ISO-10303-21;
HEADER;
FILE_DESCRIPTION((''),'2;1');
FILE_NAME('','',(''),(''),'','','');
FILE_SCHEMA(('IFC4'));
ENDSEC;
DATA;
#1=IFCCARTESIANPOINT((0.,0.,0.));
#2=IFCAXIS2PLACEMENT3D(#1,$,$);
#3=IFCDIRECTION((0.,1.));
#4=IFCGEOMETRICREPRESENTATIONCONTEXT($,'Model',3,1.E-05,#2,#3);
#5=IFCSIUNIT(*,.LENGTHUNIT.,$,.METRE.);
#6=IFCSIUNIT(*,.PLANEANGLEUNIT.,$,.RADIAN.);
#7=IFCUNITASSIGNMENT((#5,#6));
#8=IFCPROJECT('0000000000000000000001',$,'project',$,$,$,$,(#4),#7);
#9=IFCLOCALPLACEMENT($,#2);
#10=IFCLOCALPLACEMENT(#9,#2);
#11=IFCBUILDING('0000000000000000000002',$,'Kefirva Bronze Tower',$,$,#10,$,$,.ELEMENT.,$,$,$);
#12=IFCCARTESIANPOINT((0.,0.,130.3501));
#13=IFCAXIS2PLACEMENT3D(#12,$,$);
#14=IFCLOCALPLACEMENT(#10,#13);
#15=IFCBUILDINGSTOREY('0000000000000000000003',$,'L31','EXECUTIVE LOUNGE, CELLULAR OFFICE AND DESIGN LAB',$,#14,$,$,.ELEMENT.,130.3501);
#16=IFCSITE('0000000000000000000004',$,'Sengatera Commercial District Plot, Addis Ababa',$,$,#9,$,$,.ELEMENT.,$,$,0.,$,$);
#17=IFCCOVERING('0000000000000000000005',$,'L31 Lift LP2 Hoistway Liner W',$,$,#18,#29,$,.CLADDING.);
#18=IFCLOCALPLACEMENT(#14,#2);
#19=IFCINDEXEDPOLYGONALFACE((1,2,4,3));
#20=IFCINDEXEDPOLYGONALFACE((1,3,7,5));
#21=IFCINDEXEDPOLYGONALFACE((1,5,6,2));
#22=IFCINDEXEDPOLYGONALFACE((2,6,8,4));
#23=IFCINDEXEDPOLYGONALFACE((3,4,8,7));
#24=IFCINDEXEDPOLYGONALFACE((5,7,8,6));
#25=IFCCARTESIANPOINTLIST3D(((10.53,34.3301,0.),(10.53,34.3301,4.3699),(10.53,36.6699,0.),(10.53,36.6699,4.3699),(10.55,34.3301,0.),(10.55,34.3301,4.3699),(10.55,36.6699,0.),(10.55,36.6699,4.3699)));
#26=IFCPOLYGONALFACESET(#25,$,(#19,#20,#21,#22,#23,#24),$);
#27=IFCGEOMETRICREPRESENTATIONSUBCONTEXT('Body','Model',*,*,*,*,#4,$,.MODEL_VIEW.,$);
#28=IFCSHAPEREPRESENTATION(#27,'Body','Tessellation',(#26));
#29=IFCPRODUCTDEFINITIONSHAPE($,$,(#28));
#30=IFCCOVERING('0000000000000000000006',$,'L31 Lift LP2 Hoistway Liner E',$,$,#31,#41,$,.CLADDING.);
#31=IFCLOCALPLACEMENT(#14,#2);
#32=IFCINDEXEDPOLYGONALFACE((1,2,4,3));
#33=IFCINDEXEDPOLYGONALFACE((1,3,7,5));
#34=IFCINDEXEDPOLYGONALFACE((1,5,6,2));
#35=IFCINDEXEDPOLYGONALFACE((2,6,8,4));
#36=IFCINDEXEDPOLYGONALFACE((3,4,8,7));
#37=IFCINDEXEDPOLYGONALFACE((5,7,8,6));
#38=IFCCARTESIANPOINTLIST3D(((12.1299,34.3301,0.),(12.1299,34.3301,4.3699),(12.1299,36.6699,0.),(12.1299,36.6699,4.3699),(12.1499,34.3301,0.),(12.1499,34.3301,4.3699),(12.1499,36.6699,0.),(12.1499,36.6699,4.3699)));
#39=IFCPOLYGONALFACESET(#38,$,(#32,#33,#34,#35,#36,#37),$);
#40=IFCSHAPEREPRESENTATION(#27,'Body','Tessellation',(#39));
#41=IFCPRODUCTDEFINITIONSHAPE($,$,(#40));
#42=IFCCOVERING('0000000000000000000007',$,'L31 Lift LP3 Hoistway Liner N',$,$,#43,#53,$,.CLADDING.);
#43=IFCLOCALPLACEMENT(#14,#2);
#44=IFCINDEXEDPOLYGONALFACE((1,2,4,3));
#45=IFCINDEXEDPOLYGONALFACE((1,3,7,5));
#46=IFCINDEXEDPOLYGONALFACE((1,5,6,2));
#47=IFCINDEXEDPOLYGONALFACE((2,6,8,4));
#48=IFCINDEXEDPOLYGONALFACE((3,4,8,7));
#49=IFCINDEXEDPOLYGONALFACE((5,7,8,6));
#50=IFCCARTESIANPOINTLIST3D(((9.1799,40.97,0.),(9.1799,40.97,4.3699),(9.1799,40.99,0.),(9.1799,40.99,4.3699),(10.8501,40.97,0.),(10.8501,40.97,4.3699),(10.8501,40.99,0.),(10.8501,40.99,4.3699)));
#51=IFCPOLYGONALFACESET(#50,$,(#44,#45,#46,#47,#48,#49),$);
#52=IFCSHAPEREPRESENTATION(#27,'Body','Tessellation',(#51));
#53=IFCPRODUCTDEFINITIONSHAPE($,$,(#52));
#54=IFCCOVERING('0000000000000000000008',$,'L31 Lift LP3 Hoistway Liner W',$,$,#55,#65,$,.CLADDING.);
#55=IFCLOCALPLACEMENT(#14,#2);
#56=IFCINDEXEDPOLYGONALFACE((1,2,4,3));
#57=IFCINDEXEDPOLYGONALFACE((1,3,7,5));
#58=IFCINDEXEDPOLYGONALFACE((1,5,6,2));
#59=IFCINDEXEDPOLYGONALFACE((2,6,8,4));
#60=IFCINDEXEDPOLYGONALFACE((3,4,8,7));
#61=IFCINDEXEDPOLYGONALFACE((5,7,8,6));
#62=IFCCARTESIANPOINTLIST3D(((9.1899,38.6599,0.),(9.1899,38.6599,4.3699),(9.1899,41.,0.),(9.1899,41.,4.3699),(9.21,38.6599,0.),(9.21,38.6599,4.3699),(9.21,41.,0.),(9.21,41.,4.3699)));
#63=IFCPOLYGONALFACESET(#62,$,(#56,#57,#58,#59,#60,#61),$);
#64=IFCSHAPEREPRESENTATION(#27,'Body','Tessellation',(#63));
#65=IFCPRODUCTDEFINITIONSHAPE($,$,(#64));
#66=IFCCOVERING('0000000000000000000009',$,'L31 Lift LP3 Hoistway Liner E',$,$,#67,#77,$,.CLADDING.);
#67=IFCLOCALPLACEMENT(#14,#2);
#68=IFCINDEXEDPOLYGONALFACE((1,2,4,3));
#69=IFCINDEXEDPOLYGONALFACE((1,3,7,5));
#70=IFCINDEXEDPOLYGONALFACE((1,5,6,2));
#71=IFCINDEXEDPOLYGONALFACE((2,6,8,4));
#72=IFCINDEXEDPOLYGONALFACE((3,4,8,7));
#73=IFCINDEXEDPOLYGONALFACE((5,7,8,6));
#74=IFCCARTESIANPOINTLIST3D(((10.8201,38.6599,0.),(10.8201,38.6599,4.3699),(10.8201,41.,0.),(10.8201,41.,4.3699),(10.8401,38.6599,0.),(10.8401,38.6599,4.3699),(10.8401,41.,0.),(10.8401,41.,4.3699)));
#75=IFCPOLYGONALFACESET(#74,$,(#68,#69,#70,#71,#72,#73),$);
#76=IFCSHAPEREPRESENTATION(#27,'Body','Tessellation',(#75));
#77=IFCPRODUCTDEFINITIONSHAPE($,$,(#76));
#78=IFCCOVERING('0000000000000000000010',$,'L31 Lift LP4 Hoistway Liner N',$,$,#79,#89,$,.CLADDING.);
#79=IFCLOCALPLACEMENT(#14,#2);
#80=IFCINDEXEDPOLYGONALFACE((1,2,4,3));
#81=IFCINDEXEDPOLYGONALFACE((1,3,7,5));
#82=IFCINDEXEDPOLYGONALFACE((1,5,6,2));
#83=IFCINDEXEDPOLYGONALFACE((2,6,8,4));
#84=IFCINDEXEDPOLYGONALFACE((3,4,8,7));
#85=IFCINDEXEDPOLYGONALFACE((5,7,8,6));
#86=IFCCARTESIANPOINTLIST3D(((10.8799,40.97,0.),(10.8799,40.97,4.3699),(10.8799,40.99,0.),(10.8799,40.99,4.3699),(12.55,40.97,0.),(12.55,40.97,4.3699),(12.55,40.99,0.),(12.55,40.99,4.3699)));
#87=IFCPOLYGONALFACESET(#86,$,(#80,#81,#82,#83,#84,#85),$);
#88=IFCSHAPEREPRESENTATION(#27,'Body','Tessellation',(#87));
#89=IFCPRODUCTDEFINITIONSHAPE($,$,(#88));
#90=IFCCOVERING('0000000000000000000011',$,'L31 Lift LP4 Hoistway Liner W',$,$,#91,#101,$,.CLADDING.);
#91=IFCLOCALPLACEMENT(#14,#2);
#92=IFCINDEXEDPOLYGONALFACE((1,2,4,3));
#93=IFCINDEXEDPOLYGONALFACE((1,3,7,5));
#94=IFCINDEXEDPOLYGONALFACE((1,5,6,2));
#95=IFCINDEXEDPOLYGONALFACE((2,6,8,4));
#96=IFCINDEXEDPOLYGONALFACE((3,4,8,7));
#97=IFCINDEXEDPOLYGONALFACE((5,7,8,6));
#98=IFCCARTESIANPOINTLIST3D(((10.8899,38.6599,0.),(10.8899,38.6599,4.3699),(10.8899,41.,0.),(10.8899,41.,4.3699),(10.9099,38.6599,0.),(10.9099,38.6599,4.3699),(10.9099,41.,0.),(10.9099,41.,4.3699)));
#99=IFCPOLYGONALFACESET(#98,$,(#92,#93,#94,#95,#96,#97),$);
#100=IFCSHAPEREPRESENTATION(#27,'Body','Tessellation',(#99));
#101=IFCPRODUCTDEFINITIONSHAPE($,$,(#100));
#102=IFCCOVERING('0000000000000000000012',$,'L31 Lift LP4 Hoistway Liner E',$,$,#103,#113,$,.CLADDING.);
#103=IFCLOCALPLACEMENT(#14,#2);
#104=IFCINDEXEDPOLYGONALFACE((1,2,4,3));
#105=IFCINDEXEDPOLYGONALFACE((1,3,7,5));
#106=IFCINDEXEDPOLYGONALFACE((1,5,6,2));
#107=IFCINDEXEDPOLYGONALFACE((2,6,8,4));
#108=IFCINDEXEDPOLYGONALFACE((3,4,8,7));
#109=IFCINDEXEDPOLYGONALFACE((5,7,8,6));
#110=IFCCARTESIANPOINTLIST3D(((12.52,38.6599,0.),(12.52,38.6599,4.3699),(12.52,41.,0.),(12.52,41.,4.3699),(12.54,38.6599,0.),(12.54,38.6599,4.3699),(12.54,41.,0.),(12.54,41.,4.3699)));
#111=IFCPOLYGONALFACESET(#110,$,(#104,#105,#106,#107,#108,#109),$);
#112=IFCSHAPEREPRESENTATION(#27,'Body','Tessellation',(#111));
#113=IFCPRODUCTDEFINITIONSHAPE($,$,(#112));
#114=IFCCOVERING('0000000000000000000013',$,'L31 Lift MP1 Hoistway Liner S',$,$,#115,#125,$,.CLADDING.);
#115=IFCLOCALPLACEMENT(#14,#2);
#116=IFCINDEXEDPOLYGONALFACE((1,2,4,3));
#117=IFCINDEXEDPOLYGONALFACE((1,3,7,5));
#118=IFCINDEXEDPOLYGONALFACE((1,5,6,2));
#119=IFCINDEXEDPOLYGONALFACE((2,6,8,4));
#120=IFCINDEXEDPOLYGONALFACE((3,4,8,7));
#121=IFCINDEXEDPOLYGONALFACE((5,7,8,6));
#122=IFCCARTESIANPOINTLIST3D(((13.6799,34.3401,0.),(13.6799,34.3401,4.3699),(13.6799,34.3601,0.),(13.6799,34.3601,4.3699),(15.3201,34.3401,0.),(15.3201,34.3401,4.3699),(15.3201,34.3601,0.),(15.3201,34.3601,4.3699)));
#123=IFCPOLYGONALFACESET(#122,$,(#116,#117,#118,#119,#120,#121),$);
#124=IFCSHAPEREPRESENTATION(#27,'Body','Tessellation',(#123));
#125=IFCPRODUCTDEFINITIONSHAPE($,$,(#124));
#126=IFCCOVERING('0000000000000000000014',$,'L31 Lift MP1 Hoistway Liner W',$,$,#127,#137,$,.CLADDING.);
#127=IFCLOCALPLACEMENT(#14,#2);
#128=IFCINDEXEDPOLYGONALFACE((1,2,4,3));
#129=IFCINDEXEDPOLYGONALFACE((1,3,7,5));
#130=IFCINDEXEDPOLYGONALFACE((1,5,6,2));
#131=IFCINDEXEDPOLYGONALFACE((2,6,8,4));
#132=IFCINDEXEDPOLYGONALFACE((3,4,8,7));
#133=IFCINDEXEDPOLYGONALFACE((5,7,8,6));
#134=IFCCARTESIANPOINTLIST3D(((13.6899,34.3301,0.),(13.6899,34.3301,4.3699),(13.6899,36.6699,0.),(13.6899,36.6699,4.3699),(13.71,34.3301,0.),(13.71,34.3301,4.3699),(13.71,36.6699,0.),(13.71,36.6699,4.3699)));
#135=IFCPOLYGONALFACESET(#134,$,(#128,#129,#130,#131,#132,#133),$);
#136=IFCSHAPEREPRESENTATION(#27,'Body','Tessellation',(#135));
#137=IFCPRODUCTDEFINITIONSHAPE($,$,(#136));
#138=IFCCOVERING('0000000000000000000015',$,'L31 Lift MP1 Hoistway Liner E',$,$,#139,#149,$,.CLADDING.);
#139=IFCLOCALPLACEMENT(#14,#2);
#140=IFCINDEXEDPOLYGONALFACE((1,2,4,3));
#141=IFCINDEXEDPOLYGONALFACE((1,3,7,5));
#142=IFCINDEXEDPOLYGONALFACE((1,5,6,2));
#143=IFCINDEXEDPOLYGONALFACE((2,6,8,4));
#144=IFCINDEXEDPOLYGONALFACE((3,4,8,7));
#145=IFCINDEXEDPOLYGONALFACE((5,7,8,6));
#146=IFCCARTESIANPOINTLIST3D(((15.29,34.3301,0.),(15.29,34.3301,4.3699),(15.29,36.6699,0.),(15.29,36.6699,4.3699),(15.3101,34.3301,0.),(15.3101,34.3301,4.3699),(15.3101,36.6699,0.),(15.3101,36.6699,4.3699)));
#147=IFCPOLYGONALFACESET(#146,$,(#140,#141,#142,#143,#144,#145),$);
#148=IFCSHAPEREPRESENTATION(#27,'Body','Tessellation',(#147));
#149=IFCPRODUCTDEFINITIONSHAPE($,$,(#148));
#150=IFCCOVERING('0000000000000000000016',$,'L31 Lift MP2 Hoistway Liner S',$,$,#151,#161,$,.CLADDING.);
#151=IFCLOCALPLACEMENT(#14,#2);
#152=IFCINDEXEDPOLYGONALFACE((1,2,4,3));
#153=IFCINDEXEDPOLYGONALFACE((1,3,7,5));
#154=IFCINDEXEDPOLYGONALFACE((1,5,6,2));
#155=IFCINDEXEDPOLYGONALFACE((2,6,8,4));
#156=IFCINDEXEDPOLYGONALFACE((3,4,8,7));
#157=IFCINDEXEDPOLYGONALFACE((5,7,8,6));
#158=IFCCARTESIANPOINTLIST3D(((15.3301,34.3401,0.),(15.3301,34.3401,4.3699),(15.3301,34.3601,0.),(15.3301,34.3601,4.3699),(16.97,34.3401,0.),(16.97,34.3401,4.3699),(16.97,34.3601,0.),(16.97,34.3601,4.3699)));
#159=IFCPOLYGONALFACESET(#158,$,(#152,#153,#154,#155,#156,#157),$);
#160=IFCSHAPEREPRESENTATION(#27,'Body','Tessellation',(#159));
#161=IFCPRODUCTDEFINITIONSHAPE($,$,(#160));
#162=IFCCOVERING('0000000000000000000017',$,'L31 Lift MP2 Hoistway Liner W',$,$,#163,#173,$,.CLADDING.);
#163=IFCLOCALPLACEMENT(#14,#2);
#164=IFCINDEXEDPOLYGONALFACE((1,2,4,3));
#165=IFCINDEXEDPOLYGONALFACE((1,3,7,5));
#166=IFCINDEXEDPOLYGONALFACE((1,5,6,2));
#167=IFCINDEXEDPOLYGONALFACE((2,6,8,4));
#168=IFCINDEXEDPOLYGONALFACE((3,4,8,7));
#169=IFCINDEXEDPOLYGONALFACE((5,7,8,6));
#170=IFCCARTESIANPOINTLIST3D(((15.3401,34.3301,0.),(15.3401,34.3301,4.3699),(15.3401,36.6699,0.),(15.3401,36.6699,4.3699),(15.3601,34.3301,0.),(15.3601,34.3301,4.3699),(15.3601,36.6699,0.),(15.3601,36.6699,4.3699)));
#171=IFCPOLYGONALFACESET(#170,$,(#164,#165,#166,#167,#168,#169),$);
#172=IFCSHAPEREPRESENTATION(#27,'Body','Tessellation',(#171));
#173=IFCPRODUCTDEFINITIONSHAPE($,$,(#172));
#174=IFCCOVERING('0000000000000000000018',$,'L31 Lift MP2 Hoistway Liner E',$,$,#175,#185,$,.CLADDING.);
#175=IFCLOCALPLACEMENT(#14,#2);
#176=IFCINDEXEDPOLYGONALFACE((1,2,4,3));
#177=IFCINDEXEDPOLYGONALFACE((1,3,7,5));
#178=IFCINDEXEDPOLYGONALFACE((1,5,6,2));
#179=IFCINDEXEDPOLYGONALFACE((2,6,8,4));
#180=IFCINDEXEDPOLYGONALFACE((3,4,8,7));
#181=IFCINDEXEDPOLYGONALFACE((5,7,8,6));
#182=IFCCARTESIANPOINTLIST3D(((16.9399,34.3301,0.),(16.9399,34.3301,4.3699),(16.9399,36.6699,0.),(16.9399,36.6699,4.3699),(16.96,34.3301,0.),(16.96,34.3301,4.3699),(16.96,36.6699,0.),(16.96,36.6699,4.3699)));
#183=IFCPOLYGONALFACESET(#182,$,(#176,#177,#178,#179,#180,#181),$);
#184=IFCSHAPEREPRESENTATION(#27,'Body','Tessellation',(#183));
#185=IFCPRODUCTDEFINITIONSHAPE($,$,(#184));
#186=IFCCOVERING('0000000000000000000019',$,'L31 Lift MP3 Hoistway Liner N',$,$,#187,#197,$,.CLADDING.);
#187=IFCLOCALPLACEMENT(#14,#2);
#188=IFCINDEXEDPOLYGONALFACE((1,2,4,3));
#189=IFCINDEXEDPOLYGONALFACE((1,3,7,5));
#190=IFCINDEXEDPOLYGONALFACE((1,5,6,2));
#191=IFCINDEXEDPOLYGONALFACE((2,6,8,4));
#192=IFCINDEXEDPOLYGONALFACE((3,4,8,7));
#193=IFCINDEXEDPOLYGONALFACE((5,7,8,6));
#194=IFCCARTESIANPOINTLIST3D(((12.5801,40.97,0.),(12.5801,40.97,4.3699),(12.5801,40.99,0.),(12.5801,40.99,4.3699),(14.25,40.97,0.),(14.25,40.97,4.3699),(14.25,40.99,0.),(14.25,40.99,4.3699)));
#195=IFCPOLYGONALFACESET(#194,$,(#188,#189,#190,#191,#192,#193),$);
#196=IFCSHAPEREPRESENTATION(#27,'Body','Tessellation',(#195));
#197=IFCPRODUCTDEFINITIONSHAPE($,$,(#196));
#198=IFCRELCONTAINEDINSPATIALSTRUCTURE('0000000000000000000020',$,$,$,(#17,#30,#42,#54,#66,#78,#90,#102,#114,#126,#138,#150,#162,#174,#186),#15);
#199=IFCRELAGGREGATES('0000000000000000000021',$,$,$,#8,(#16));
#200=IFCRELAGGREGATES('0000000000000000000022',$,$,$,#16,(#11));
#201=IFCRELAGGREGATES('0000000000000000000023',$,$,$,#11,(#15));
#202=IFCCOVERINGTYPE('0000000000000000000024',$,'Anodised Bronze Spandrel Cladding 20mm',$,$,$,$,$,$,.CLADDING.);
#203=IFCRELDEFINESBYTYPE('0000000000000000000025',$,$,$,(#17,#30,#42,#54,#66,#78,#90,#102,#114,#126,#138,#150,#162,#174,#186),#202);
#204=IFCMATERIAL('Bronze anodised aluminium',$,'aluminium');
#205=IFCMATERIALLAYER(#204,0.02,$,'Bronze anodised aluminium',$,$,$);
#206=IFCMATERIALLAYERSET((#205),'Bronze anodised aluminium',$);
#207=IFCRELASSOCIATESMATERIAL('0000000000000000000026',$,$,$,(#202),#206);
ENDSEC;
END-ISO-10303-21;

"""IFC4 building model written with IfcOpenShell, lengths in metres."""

from ifc_helpers import new_model, si_unit, direction, frame, origin, place, context, subcontext, project, spatial, polyline, outline, extrude, material, layer, layer_set, type_object, element, save


model = new_model("IFC4")

# Units and contexts
model_context = context("Model", 3, precision=1e-05, world=origin(), true_north=direction((0.0, 1.0)))
body_context = subcontext(model_context, "Body", "Model", "MODEL_VIEW")
ifc_project = project(units=[si_unit("LENGTHUNIT", "METRE"), si_unit("PLANEANGLEUNIT", "RADIAN")], contexts=[model_context])

# Site, building, storey
site_placement = place(None, origin())
site = spatial("IfcSite", under=ifc_project, at=site_placement, Name="Sengatera Commercial District Plot, Addis Ababa", CompositionType="ELEMENT", RefElevation=0.0)
building_placement = place(site_placement, origin())
building = spatial("IfcBuilding", under=site, at=building_placement, Name="Kefirva Bronze Tower", CompositionType="ELEMENT")
storey_placement = place(building_placement, frame((0.0, 0.0, 130.3501)))
storey = spatial("IfcBuildingStorey", under=building, at=storey_placement, Name="L31", Description="EXECUTIVE LOUNGE, CELLULAR OFFICE AND DESIGN LAB", CompositionType="ELEMENT", Elevation=130.3501)

# Coverings
ifc_material = material(Name="Bronze anodised aluminium", Category="aluminium")
ifc_layer_1 = layer(ifc_material, 0.02, Name="Bronze anodised aluminium")
ifc_layer_set_1 = layer_set([ifc_layer_1], Name="Bronze anodised aluminium")
covering_type_1 = type_object("IfcCoveringType", Name="Anodised Bronze Spandrel Cladding 20mm", PredefinedType="CLADDING", material=ifc_layer_set_1)
covering_1_placement = place(storey_placement, origin())
element("IfcCovering", 1, at=covering_1_placement, inside=storey, type_object=covering_type_1, Name="L31 Lift LP2 Hoistway Liner W", PredefinedType="CLADDING", context=body_context, shape_type="SweptSolid", body=[
    extrude(outline(polyline([(10.53, 34.3301), (10.55, 34.3301), (10.55, 36.6699), (10.53, 36.6699), (10.53, 34.3301)])), origin(), (0.0, 0.0, 1.0), 4.3699),
])
covering_2_placement = place(storey_placement, origin())
element("IfcCovering", 2, at=covering_2_placement, inside=storey, type_object=covering_type_1, Name="L31 Lift LP2 Hoistway Liner E", PredefinedType="CLADDING", context=body_context, shape_type="SweptSolid", body=[
    extrude(outline(polyline([(12.1299, 34.3301), (12.1499, 34.3301), (12.1499, 36.6699), (12.1299, 36.6699), (12.1299, 34.3301)])), origin(), (0.0, 0.0, 1.0), 4.3699),
])
covering_3_placement = place(storey_placement, origin())
element("IfcCovering", 3, at=covering_3_placement, inside=storey, type_object=covering_type_1, Name="L31 Lift LP3 Hoistway Liner N", PredefinedType="CLADDING", context=body_context, shape_type="SweptSolid", body=[
    extrude(outline(polyline([(9.1799, 40.97), (10.8501, 40.97), (10.8501, 40.99), (9.1799, 40.99), (9.1799, 40.97)])), origin(), (0.0, 0.0, 1.0), 4.3699),
])
covering_4_placement = place(storey_placement, origin())
element("IfcCovering", 4, at=covering_4_placement, inside=storey, type_object=covering_type_1, Name="L31 Lift LP3 Hoistway Liner W", PredefinedType="CLADDING", context=body_context, shape_type="SweptSolid", body=[
    extrude(outline(polyline([(9.1899, 38.6599), (9.21, 38.6599), (9.21, 41.0), (9.1899, 41.0), (9.1899, 38.6599)])), origin(), (0.0, 0.0, 1.0), 4.3699),
])
covering_5_placement = place(storey_placement, origin())
element("IfcCovering", 5, at=covering_5_placement, inside=storey, type_object=covering_type_1, Name="L31 Lift LP3 Hoistway Liner E", PredefinedType="CLADDING", context=body_context, shape_type="SweptSolid", body=[
    extrude(outline(polyline([(10.8201, 38.6599), (10.8401, 38.6599), (10.8401, 41.0), (10.8201, 41.0), (10.8201, 38.6599)])), origin(), (0.0, 0.0, 1.0), 4.3699),
])
covering_6_placement = place(storey_placement, origin())
element("IfcCovering", 6, at=covering_6_placement, inside=storey, type_object=covering_type_1, Name="L31 Lift LP4 Hoistway Liner N", PredefinedType="CLADDING", context=body_context, shape_type="SweptSolid", body=[
    extrude(outline(polyline([(10.8799, 40.97), (12.55, 40.97), (12.55, 40.99), (10.8799, 40.99), (10.8799, 40.97)])), origin(), (0.0, 0.0, 1.0), 4.3699),
])
covering_7_placement = place(storey_placement, origin())
element("IfcCovering", 7, at=covering_7_placement, inside=storey, type_object=covering_type_1, Name="L31 Lift LP4 Hoistway Liner W", PredefinedType="CLADDING", context=body_context, shape_type="SweptSolid", body=[
    extrude(outline(polyline([(10.8899, 38.6599), (10.9099, 38.6599), (10.9099, 41.0), (10.8899, 41.0), (10.8899, 38.6599)])), origin(), (0.0, 0.0, 1.0), 4.3699),
])
covering_8_placement = place(storey_placement, origin())
element("IfcCovering", 8, at=covering_8_placement, inside=storey, type_object=covering_type_1, Name="L31 Lift LP4 Hoistway Liner E", PredefinedType="CLADDING", context=body_context, shape_type="SweptSolid", body=[
    extrude(outline(polyline([(12.52, 38.6599), (12.54, 38.6599), (12.54, 41.0), (12.52, 41.0), (12.52, 38.6599)])), origin(), (0.0, 0.0, 1.0), 4.3699),
])
covering_9_placement = place(storey_placement, origin())
element("IfcCovering", 9, at=covering_9_placement, inside=storey, type_object=covering_type_1, Name="L31 Lift MP1 Hoistway Liner S", PredefinedType="CLADDING", context=body_context, shape_type="SweptSolid", body=[
    extrude(outline(polyline([(13.6799, 34.3401), (15.3201, 34.3401), (15.3201, 34.3601), (13.6799, 34.3601), (13.6799, 34.3401)])), origin(), (0.0, 0.0, 1.0), 4.3699),
])
covering_10_placement = place(storey_placement, origin())
element("IfcCovering", 10, at=covering_10_placement, inside=storey, type_object=covering_type_1, Name="L31 Lift MP1 Hoistway Liner W", PredefinedType="CLADDING", context=body_context, shape_type="SweptSolid", body=[
    extrude(outline(polyline([(13.6899, 34.3301), (13.71, 34.3301), (13.71, 36.6699), (13.6899, 36.6699), (13.6899, 34.3301)])), origin(), (0.0, 0.0, 1.0), 4.3699),
])
covering_11_placement = place(storey_placement, origin())
element("IfcCovering", 11, at=covering_11_placement, inside=storey, type_object=covering_type_1, Name="L31 Lift MP1 Hoistway Liner E", PredefinedType="CLADDING", context=body_context, shape_type="SweptSolid", body=[
    extrude(outline(polyline([(15.29, 34.3301), (15.3101, 34.3301), (15.3101, 36.6699), (15.29, 36.6699), (15.29, 34.3301)])), origin(), (0.0, 0.0, 1.0), 4.3699),
])
covering_12_placement = place(storey_placement, origin())
element("IfcCovering", 12, at=covering_12_placement, inside=storey, type_object=covering_type_1, Name="L31 Lift MP2 Hoistway Liner S", PredefinedType="CLADDING", context=body_context, shape_type="SweptSolid", body=[
    extrude(outline(polyline([(15.3301, 34.3401), (16.97, 34.3401), (16.97, 34.3601), (15.3301, 34.3601), (15.3301, 34.3401)])), origin(), (0.0, 0.0, 1.0), 4.3699),
])
covering_13_placement = place(storey_placement, origin())
element("IfcCovering", 13, at=covering_13_placement, inside=storey, type_object=covering_type_1, Name="L31 Lift MP2 Hoistway Liner W", PredefinedType="CLADDING", context=body_context, shape_type="SweptSolid", body=[
    extrude(outline(polyline([(15.3401, 34.3301), (15.3601, 34.3301), (15.3601, 36.6699), (15.3401, 36.6699), (15.3401, 34.3301)])), origin(), (0.0, 0.0, 1.0), 4.3699),
])
covering_14_placement = place(storey_placement, origin())
element("IfcCovering", 14, at=covering_14_placement, inside=storey, type_object=covering_type_1, Name="L31 Lift MP2 Hoistway Liner E", PredefinedType="CLADDING", context=body_context, shape_type="SweptSolid", body=[
    extrude(outline(polyline([(16.9399, 34.3301), (16.96, 34.3301), (16.96, 36.6699), (16.9399, 36.6699), (16.9399, 34.3301)])), origin(), (0.0, 0.0, 1.0), 4.3699),
])
covering_15_placement = place(storey_placement, origin())
element("IfcCovering", 15, at=covering_15_placement, inside=storey, type_object=covering_type_1, Name="L31 Lift MP3 Hoistway Liner N", PredefinedType="CLADDING", context=body_context, shape_type="SweptSolid", body=[
    extrude(outline(polyline([(12.5801, 40.97), (14.25, 40.97), (14.25, 40.99), (12.5801, 40.99), (12.5801, 40.97)])), origin(), (0.0, 0.0, 1.0), 4.3699),
])

save(model, "model.ifc")
